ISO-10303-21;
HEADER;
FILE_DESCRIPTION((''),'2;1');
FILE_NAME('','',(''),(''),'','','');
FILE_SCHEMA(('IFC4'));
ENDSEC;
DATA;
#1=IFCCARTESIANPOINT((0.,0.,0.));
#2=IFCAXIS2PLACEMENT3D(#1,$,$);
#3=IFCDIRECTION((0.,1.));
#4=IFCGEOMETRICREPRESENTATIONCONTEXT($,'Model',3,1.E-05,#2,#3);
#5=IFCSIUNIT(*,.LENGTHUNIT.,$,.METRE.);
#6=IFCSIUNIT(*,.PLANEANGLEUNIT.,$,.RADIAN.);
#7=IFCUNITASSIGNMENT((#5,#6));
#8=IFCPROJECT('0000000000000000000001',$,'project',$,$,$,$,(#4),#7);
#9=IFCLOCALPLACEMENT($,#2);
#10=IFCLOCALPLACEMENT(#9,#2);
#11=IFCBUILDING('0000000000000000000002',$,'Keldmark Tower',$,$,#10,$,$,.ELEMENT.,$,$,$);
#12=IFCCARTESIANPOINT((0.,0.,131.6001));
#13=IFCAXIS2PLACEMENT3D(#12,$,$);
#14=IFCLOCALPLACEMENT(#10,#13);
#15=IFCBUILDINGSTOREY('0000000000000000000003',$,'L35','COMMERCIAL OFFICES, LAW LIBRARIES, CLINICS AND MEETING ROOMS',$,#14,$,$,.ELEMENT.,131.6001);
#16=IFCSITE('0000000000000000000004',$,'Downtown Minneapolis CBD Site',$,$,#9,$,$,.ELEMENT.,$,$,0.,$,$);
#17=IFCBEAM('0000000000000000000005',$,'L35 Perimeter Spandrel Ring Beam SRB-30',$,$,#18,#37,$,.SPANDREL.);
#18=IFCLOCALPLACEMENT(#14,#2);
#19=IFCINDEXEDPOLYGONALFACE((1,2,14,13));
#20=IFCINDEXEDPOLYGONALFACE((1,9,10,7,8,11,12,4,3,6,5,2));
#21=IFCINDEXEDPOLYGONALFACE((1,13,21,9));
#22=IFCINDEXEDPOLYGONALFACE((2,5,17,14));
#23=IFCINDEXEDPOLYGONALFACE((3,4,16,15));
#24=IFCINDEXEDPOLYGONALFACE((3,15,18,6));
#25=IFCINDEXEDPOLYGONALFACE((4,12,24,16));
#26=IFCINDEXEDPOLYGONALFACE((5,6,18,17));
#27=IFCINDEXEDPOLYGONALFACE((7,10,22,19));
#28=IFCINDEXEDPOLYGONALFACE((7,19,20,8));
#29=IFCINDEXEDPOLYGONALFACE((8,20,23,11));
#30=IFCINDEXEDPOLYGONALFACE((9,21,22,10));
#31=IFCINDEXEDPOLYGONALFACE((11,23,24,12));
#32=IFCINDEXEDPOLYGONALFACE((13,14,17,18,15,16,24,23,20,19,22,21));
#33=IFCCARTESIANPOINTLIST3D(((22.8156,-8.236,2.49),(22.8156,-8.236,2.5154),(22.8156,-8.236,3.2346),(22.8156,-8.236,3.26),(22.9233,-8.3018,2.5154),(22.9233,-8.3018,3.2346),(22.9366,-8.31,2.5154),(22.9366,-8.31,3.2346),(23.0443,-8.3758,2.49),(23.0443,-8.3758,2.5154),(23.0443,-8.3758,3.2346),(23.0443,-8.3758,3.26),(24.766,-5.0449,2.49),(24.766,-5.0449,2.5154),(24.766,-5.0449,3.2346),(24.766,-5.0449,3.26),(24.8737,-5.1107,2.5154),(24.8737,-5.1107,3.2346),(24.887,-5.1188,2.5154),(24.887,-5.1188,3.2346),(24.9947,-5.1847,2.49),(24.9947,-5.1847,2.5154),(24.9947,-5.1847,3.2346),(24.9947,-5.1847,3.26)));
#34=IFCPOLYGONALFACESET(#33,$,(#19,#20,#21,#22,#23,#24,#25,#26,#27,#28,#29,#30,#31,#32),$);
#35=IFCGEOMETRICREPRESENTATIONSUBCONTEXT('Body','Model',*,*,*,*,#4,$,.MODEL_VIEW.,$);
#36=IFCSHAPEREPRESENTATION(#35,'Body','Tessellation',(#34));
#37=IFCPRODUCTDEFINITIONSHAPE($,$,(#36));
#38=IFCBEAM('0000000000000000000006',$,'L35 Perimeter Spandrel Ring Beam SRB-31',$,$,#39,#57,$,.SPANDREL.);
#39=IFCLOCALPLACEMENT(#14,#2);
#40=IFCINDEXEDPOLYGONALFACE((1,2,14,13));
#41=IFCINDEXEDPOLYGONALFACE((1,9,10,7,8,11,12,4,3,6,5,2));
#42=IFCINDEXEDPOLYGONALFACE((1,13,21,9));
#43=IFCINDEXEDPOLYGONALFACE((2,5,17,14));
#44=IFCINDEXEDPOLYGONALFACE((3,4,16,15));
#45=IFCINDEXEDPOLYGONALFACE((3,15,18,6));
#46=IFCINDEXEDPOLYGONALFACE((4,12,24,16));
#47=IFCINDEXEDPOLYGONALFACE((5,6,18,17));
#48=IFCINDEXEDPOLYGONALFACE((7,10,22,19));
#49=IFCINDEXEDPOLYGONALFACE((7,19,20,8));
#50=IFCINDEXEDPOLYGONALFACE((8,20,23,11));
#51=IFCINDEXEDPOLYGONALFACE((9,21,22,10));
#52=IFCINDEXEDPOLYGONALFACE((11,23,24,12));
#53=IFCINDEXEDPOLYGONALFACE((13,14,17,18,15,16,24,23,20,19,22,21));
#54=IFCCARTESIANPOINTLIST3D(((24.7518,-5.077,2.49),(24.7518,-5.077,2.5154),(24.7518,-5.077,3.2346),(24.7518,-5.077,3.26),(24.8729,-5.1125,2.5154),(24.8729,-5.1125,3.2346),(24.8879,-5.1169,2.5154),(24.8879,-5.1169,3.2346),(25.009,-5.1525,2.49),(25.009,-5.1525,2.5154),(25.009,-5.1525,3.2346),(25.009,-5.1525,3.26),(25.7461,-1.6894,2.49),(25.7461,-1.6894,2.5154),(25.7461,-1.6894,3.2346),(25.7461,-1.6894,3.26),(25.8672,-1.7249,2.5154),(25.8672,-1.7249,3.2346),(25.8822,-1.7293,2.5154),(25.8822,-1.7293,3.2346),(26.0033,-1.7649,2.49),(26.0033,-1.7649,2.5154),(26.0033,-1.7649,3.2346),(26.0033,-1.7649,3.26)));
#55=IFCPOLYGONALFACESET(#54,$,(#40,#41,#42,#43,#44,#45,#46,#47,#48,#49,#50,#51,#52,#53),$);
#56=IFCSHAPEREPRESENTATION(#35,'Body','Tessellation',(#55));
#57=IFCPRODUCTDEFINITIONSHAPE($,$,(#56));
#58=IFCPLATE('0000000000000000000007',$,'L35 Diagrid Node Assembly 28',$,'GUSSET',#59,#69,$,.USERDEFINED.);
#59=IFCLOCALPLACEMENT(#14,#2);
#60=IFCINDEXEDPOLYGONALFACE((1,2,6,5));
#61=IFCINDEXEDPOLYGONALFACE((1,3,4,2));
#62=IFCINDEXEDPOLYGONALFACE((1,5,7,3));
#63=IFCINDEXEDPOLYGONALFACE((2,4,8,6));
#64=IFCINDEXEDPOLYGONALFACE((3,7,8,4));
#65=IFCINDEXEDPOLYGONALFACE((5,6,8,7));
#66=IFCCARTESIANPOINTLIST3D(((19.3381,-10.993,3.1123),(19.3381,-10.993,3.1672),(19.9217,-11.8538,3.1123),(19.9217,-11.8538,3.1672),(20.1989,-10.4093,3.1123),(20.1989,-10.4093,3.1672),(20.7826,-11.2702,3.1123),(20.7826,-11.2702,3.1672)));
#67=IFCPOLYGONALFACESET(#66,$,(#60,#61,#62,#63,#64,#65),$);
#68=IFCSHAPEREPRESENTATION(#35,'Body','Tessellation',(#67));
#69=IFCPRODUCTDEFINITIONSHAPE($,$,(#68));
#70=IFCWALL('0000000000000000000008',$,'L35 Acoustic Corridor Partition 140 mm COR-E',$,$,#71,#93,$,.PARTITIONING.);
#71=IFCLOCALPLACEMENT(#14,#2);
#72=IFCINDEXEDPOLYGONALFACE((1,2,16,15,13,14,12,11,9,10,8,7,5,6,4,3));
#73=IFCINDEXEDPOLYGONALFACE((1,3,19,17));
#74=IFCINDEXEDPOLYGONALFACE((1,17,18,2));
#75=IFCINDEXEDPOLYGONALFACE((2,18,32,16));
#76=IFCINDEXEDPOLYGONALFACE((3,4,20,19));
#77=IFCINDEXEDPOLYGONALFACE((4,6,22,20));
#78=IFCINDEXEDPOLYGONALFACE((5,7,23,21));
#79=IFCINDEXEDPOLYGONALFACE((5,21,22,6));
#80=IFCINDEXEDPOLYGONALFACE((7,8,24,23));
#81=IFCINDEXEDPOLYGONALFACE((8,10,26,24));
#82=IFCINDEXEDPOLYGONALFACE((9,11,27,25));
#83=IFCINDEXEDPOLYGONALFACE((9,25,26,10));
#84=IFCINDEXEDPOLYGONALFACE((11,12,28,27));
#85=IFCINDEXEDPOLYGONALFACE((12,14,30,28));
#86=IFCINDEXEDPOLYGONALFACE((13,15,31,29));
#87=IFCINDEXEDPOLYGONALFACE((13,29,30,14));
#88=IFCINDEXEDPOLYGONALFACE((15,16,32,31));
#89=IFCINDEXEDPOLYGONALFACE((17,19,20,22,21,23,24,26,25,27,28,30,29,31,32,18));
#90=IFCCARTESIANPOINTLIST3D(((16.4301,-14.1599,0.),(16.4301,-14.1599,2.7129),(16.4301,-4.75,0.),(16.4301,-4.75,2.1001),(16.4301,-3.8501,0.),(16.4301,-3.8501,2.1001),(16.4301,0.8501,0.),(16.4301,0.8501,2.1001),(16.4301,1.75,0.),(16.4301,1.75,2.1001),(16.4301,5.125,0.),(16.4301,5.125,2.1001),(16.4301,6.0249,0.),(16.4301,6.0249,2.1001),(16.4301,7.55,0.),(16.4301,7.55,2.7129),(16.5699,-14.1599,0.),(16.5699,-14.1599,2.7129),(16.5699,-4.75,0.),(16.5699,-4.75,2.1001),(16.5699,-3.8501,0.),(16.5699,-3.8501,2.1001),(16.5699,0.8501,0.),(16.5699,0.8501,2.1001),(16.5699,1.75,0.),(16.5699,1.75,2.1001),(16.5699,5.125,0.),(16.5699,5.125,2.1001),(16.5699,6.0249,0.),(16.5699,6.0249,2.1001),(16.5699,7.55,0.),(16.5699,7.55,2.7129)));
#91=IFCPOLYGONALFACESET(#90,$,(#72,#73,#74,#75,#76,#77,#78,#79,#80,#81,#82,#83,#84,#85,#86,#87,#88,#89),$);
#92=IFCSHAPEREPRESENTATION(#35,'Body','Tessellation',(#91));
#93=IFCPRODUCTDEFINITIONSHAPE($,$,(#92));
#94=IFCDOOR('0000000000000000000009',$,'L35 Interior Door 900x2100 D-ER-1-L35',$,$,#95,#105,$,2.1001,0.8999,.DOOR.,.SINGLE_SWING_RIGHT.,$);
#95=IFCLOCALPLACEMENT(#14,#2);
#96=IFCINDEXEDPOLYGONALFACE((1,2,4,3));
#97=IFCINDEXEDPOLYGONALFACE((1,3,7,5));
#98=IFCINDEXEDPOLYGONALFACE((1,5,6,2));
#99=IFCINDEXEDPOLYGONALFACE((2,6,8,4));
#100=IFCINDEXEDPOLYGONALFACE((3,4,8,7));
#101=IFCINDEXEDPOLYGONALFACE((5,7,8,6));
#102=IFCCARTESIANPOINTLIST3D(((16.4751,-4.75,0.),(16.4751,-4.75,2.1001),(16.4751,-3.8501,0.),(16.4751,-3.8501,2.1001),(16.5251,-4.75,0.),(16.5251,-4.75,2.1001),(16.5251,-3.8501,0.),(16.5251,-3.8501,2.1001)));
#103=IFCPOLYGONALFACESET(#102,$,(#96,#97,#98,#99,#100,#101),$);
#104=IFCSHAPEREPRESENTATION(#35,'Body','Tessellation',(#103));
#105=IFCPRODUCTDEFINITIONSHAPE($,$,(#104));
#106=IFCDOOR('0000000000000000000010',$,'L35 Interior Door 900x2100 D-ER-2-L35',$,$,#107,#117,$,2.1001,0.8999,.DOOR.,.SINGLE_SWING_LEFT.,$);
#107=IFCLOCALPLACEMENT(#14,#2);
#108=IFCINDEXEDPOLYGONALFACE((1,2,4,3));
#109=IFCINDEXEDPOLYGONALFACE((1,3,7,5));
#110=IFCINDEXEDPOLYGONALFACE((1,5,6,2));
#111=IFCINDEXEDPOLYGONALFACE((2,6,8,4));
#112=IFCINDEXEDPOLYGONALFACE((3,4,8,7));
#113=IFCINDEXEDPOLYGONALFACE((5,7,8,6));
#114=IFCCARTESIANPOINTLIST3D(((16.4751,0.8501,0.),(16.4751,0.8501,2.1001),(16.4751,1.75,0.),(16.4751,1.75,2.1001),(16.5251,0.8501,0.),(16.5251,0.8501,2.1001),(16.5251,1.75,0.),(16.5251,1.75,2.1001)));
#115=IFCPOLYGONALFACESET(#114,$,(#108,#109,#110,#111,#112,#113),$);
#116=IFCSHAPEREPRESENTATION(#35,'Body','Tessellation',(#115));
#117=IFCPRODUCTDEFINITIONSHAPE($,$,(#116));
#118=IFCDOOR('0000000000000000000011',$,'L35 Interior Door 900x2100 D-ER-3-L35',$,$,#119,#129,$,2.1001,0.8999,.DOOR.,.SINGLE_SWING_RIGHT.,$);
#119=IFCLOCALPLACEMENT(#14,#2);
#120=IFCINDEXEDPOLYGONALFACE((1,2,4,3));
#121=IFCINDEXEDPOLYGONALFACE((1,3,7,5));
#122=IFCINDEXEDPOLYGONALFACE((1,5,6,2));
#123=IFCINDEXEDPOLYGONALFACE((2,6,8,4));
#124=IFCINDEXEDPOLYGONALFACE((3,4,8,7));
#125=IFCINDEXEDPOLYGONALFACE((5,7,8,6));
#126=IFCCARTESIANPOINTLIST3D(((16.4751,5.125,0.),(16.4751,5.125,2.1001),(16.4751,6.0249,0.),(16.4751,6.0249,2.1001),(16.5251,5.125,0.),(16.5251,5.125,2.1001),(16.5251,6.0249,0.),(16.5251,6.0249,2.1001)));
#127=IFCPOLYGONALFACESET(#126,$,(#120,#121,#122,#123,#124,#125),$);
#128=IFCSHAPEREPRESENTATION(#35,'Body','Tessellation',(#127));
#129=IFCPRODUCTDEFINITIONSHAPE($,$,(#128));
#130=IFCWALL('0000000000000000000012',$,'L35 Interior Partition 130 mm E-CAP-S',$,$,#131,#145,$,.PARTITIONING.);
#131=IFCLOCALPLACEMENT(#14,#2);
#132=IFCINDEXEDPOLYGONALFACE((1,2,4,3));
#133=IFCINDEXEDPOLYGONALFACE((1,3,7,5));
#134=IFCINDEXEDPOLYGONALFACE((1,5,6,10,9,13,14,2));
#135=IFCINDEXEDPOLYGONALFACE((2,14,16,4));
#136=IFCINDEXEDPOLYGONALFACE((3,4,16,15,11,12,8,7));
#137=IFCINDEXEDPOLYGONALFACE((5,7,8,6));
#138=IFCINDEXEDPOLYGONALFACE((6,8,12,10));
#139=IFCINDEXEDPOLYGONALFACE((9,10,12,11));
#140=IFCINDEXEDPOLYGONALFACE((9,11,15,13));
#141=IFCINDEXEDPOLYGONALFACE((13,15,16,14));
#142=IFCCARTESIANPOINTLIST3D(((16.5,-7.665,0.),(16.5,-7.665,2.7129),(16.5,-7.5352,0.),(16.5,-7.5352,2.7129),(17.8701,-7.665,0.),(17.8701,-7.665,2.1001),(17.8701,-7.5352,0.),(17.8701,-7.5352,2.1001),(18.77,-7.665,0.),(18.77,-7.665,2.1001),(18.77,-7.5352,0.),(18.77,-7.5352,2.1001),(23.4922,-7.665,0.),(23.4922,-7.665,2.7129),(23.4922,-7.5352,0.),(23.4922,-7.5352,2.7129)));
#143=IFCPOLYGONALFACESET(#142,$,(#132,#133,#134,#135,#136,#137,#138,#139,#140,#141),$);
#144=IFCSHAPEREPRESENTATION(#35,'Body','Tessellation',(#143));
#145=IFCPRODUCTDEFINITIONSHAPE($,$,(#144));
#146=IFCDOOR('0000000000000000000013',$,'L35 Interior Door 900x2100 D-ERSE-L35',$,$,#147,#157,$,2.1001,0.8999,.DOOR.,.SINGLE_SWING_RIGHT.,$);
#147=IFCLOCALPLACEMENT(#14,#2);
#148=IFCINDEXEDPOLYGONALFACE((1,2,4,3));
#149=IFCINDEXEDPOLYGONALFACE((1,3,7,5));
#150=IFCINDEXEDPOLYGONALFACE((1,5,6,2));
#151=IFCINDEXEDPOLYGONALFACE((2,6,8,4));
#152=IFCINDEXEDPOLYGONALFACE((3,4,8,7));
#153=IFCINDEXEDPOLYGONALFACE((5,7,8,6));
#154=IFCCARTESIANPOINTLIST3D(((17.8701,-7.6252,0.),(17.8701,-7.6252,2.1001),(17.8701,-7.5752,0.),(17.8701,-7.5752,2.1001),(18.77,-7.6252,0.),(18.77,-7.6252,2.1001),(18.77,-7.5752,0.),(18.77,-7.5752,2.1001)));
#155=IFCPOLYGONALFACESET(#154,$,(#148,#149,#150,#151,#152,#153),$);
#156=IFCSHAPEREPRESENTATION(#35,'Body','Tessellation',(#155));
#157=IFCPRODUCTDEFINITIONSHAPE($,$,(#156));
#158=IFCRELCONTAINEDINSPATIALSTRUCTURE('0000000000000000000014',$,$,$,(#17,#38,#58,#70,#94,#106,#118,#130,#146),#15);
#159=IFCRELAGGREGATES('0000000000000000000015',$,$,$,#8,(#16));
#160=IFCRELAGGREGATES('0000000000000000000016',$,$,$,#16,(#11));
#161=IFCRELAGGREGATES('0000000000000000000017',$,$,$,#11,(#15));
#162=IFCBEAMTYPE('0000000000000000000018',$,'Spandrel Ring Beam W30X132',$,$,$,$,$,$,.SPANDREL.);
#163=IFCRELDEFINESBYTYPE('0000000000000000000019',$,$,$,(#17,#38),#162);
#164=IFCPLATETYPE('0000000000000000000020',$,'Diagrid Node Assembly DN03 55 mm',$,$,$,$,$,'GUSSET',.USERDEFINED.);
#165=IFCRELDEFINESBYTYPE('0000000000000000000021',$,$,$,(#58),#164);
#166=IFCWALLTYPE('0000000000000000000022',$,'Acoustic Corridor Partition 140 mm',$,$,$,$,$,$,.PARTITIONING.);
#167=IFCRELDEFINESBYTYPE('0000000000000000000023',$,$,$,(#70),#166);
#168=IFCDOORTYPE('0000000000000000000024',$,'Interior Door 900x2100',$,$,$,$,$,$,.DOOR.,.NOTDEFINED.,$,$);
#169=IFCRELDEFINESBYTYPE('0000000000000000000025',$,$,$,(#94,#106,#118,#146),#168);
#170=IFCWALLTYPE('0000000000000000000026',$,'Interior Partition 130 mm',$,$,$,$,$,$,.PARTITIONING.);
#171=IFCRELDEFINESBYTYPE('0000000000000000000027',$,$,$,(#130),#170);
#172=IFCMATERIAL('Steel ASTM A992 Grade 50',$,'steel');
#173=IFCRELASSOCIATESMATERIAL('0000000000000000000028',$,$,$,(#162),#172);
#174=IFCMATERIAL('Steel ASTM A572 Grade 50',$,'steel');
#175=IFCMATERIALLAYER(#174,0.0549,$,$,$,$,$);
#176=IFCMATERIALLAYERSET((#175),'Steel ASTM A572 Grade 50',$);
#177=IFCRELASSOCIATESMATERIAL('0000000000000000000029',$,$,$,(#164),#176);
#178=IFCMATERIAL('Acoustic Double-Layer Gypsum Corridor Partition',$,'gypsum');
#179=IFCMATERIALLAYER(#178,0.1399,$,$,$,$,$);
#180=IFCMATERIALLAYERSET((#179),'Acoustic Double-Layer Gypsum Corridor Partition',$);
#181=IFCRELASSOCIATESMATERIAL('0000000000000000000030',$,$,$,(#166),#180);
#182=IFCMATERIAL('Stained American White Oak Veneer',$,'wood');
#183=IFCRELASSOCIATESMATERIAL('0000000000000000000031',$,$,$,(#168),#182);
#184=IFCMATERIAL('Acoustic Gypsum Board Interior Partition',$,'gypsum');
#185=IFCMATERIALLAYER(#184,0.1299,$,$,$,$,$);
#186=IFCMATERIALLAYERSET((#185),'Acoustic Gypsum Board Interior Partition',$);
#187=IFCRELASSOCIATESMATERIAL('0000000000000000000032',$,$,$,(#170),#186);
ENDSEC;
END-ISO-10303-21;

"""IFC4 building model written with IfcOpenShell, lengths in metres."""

from ifc_helpers import new_model, si_unit, direction, frame, frame_2d, origin, origin_2d, place, context, subcontext, project, spatial, rectangle, i_section, extrude, material, layer, layer_set, material_profile, profile_set, type_object, element, fill, save


model = new_model("IFC4")

# Units and contexts
model_context = context("Model", 3, precision=1e-05, world=origin(), true_north=direction((0.0, 1.0)))
body_context = subcontext(model_context, "Body", "Model", "MODEL_VIEW")
ifc_project = project(units=[si_unit("LENGTHUNIT", "METRE"), si_unit("PLANEANGLEUNIT", "RADIAN")], contexts=[model_context])

# Site, building, storey
site_placement = place(None, origin())
site = spatial("IfcSite", under=ifc_project, at=site_placement, Name="Downtown Minneapolis CBD Site", CompositionType="ELEMENT", RefElevation=0.0)
building_placement = place(site_placement, origin())
building = spatial("IfcBuilding", under=site, at=building_placement, Name="Keldmark Tower", CompositionType="ELEMENT")
storey_placement = place(building_placement, frame((0.0, 0.0, 131.6001)))
storey = spatial("IfcBuildingStorey", under=building, at=storey_placement, Name="L35", Description="COMMERCIAL OFFICES, LAW LIBRARIES, CLINICS AND MEETING ROOMS", CompositionType="ELEMENT", Elevation=131.6001)

# Beams
ifc_material_1 = material(Name="Steel ASTM A992 Grade 50", Category="steel")
ifc_material_profile_1 = material_profile(ifc_material_1, i_section(OverallWidth=0.2681, OverallDepth=0.77, WebThickness=0.0156, FlangeThickness=0.0254, at=origin_2d()), Name="W30X132")
ifc_profile_set_1 = profile_set([ifc_material_profile_1], Name="Steel ASTM A992 Grade 50")
beam_type_1 = type_object("IfcBeamType", Name="Spandrel Ring Beam W30X132", PredefinedType="SPANDREL", material=ifc_profile_set_1)
beam_1_placement = place(storey_placement, frame((22.9299, -8.3059, 2.875), z_axis=(0.521505, 0.853248, 0.0), x_axis=(-0.853248, 0.521505, 0.0)))
element("IfcBeam", 1, at=beam_1_placement, inside=storey, type_object=beam_type_1, Name="L35 Perimeter Spandrel Ring Beam SRB-30", PredefinedType="SPANDREL", context=body_context, shape_type="SweptSolid", body=[
    extrude(i_section(OverallWidth=0.2681, OverallDepth=0.77, WebThickness=0.0156, FlangeThickness=0.0254, at=origin_2d()), origin(), (0.0, 0.0, 1.0), 3.74),
])
beam_2_placement = place(storey_placement, frame((24.8804, -5.1147, 2.875), z_axis=(0.281646, 0.959518, 0.0), x_axis=(-0.959518, 0.281646, 0.0)))
element("IfcBeam", 2, at=beam_2_placement, inside=storey, type_object=beam_type_1, Name="L35 Perimeter Spandrel Ring Beam SRB-31", PredefinedType="SPANDREL", context=body_context, shape_type="SweptSolid", body=[
    extrude(i_section(OverallWidth=0.2681, OverallDepth=0.77, WebThickness=0.0156, FlangeThickness=0.0254, at=origin_2d()), origin(), (0.0, 0.0, 1.0), 3.5305),
])

# Plate
ifc_material_2 = material(Name="Steel ASTM A572 Grade 50", Category="steel")
ifc_layer_1 = layer(ifc_material_2, 0.0549)
ifc_layer_set_1 = layer_set([ifc_layer_1], Name="Steel ASTM A572 Grade 50")
plate_type = type_object("IfcPlateType", Name="Diagrid Node Assembly DN03 55 mm", ElementType="GUSSET", PredefinedType="USERDEFINED", material=ifc_layer_set_1)
plate_placement = place(storey_placement, frame((20.0603, -11.1316, 3.1123), z_axis=(0.0, 0.0, 1.0), x_axis=(0.827669, 0.561217, 0.0)))
element("IfcPlate", 3, at=plate_placement, inside=storey, type_object=plate_type, Name="L35 Diagrid Node Assembly 28", ObjectType="GUSSET", PredefinedType="USERDEFINED", context=body_context, shape_type="SweptSolid", body=[
    extrude(rectangle(XDim=1.04, YDim=1.04, at=origin_2d()), origin(), (0.0, 0.0, 1.0), 0.0549),
])

# Wall, openings, doors
ifc_material_3 = material(Name="Acoustic Double-Layer Gypsum Corridor Partition", Category="gypsum")
ifc_layer_2 = layer(ifc_material_3, 0.1399)
ifc_layer_set_2 = layer_set([ifc_layer_2], Name="Acoustic Double-Layer Gypsum Corridor Partition")
wall_type_1 = type_object("IfcWallType", Name="Acoustic Corridor Partition 140 mm", PredefinedType="PARTITIONING", material=ifc_layer_set_2)
wall_1_placement = place(storey_placement, frame((16.5, -14.1599, 0.0), z_axis=(0.0, 0.0, 1.0), x_axis=(0.0, 1.0, 0.0)))
wall_1 = element("IfcWall", 4, at=wall_1_placement, inside=storey, type_object=wall_type_1, Name="L35 Acoustic Corridor Partition 140 mm COR-E", PredefinedType="PARTITIONING", context=body_context, shape_type="SweptSolid", body=[
    extrude(rectangle(XDim=21.71, YDim=0.1399, at=frame_2d((10.855, 0.0))), origin(), (0.0, 0.0, 1.0), 2.7129),
])
opening_1_placement = place(wall_1_placement, frame((9.4099, 0.0, 0.0)))
opening_1 = element("IfcOpeningElement", 5, at=opening_1_placement, cuts=wall_1, PredefinedType="OPENING", context=body_context, shape_type="SweptSolid", body=[
    extrude(rectangle(XDim=0.8999, YDim=2.1001, at=frame_2d((0.45, 1.05))), frame((0.0, 0.0798, 0.0), z_axis=(0.0, -1.0, 0.0), x_axis=(1.0, 0.0, 0.0)), (0.0, 0.0, 1.0), 0.1599),
])
opening_2_placement = place(wall_1_placement, frame((15.01, 0.0, 0.0)))
opening_2 = element("IfcOpeningElement", 6, at=opening_2_placement, cuts=wall_1, PredefinedType="OPENING", context=body_context, shape_type="SweptSolid", body=[
    extrude(rectangle(XDim=0.8999, YDim=2.1001, at=frame_2d((0.45, 1.05))), frame((0.0, 0.0798, 0.0), z_axis=(0.0, -1.0, 0.0), x_axis=(1.0, 0.0, 0.0)), (0.0, 0.0, 1.0), 0.1599),
])
opening_3_placement = place(wall_1_placement, frame((19.2849, 0.0, 0.0)))
opening_3 = element("IfcOpeningElement", 7, at=opening_3_placement, cuts=wall_1, PredefinedType="OPENING", context=body_context, shape_type="SweptSolid", body=[
    extrude(rectangle(XDim=0.8999, YDim=2.1001, at=frame_2d((0.45, 1.05))), frame((0.0, 0.0798, 0.0), z_axis=(0.0, -1.0, 0.0), x_axis=(1.0, 0.0, 0.0)), (0.0, 0.0, 1.0), 0.1599),
])
ifc_material_4 = material(Name="Stained American White Oak Veneer", Category="wood")
door_type = type_object("IfcDoorType", Name="Interior Door 900x2100", OperationType="NOTDEFINED", PredefinedType="DOOR", material=ifc_material_4)
door_1_placement = place(opening_1_placement, origin())
door_1 = element("IfcDoor", 8, at=door_1_placement, inside=storey, type_object=door_type, Name="L35 Interior Door 900x2100 D-ER-1-L35", OperationType="SINGLE_SWING_RIGHT", OverallHeight=2.1001, OverallWidth=0.8999, PredefinedType="DOOR", context=body_context, shape_type="SweptSolid", body=[
    extrude(rectangle(XDim=0.8999, YDim=2.1001, at=frame_2d((0.45, 1.05))), frame((0.0, 0.0249, 0.0), z_axis=(0.0, -1.0, 0.0), x_axis=(1.0, 0.0, 0.0)), (0.0, 0.0, 1.0), 0.05),
])
fill(opening_1, door_1)
door_2_placement = place(opening_2_placement, origin())
door_2 = element("IfcDoor", 9, at=door_2_placement, inside=storey, type_object=door_type, Name="L35 Interior Door 900x2100 D-ER-2-L35", OperationType="SINGLE_SWING_LEFT", OverallHeight=2.1001, OverallWidth=0.8999, PredefinedType="DOOR", context=body_context, shape_type="SweptSolid", body=[
    extrude(rectangle(XDim=0.8999, YDim=2.1001, at=frame_2d((0.45, 1.05))), frame((0.0, 0.0249, 0.0), z_axis=(0.0, -1.0, 0.0), x_axis=(1.0, 0.0, 0.0)), (0.0, 0.0, 1.0), 0.05),
])
fill(opening_2, door_2)
door_3_placement = place(opening_3_placement, origin())
door_3 = element("IfcDoor", 10, at=door_3_placement, inside=storey, type_object=door_type, Name="L35 Interior Door 900x2100 D-ER-3-L35", OperationType="SINGLE_SWING_RIGHT", OverallHeight=2.1001, OverallWidth=0.8999, PredefinedType="DOOR", context=body_context, shape_type="SweptSolid", body=[
    extrude(rectangle(XDim=0.8999, YDim=2.1001, at=frame_2d((0.45, 1.05))), frame((0.0, 0.0249, 0.0), z_axis=(0.0, -1.0, 0.0), x_axis=(1.0, 0.0, 0.0)), (0.0, 0.0, 1.0), 0.05),
])
fill(opening_3, door_3)

# Wall, opening, door
ifc_material_5 = material(Name="Acoustic Gypsum Board Interior Partition", Category="gypsum")
ifc_layer_3 = layer(ifc_material_5, 0.1299)
ifc_layer_set_3 = layer_set([ifc_layer_3], Name="Acoustic Gypsum Board Interior Partition")
wall_type_2 = type_object("IfcWallType", Name="Interior Partition 130 mm", PredefinedType="PARTITIONING", material=ifc_layer_set_3)
wall_2_placement = place(storey_placement, frame((16.5, -7.6001, 0.0), z_axis=(0.0, 0.0, 1.0), x_axis=(1.0, 0.0, 0.0)))
wall_2 = element("IfcWall", 11, at=wall_2_placement, inside=storey, type_object=wall_type_2, Name="L35 Interior Partition 130 mm E-CAP-S", PredefinedType="PARTITIONING", context=body_context, shape_type="SweptSolid", body=[
    extrude(rectangle(XDim=6.9922, YDim=0.1299, at=frame_2d((3.4961, 0.0))), origin(), (0.0, 0.0, 1.0), 2.7129),
])
opening_4_placement = place(wall_2_placement, frame((1.3701, 0.0, 0.0)))
opening_4 = element("IfcOpeningElement", 12, at=opening_4_placement, cuts=wall_2, PredefinedType="OPENING", context=body_context, shape_type="SweptSolid", body=[
    extrude(rectangle(XDim=0.8999, YDim=2.1001, at=frame_2d((0.45, 1.05))), frame((0.0, 0.075, 0.0), z_axis=(0.0, -1.0, 0.0), x_axis=(1.0, 0.0, 0.0)), (0.0, 0.0, 1.0), 0.1499),
])
door_4_placement = place(opening_4_placement, origin())
door_4 = element("IfcDoor", 13, at=door_4_placement, inside=storey, type_object=door_type, Name="L35 Interior Door 900x2100 D-ERSE-L35", OperationType="SINGLE_SWING_RIGHT", OverallHeight=2.1001, OverallWidth=0.8999, PredefinedType="DOOR", context=body_context, shape_type="SweptSolid", body=[
    extrude(rectangle(XDim=0.8999, YDim=2.1001, at=frame_2d((0.45, 1.05))), frame((0.0, 0.0249, 0.0), z_axis=(0.0, -1.0, 0.0), x_axis=(1.0, 0.0, 0.0)), (0.0, 0.0, 1.0), 0.05),
])
fill(opening_4, door_4)

save(model, "model.ifc")
